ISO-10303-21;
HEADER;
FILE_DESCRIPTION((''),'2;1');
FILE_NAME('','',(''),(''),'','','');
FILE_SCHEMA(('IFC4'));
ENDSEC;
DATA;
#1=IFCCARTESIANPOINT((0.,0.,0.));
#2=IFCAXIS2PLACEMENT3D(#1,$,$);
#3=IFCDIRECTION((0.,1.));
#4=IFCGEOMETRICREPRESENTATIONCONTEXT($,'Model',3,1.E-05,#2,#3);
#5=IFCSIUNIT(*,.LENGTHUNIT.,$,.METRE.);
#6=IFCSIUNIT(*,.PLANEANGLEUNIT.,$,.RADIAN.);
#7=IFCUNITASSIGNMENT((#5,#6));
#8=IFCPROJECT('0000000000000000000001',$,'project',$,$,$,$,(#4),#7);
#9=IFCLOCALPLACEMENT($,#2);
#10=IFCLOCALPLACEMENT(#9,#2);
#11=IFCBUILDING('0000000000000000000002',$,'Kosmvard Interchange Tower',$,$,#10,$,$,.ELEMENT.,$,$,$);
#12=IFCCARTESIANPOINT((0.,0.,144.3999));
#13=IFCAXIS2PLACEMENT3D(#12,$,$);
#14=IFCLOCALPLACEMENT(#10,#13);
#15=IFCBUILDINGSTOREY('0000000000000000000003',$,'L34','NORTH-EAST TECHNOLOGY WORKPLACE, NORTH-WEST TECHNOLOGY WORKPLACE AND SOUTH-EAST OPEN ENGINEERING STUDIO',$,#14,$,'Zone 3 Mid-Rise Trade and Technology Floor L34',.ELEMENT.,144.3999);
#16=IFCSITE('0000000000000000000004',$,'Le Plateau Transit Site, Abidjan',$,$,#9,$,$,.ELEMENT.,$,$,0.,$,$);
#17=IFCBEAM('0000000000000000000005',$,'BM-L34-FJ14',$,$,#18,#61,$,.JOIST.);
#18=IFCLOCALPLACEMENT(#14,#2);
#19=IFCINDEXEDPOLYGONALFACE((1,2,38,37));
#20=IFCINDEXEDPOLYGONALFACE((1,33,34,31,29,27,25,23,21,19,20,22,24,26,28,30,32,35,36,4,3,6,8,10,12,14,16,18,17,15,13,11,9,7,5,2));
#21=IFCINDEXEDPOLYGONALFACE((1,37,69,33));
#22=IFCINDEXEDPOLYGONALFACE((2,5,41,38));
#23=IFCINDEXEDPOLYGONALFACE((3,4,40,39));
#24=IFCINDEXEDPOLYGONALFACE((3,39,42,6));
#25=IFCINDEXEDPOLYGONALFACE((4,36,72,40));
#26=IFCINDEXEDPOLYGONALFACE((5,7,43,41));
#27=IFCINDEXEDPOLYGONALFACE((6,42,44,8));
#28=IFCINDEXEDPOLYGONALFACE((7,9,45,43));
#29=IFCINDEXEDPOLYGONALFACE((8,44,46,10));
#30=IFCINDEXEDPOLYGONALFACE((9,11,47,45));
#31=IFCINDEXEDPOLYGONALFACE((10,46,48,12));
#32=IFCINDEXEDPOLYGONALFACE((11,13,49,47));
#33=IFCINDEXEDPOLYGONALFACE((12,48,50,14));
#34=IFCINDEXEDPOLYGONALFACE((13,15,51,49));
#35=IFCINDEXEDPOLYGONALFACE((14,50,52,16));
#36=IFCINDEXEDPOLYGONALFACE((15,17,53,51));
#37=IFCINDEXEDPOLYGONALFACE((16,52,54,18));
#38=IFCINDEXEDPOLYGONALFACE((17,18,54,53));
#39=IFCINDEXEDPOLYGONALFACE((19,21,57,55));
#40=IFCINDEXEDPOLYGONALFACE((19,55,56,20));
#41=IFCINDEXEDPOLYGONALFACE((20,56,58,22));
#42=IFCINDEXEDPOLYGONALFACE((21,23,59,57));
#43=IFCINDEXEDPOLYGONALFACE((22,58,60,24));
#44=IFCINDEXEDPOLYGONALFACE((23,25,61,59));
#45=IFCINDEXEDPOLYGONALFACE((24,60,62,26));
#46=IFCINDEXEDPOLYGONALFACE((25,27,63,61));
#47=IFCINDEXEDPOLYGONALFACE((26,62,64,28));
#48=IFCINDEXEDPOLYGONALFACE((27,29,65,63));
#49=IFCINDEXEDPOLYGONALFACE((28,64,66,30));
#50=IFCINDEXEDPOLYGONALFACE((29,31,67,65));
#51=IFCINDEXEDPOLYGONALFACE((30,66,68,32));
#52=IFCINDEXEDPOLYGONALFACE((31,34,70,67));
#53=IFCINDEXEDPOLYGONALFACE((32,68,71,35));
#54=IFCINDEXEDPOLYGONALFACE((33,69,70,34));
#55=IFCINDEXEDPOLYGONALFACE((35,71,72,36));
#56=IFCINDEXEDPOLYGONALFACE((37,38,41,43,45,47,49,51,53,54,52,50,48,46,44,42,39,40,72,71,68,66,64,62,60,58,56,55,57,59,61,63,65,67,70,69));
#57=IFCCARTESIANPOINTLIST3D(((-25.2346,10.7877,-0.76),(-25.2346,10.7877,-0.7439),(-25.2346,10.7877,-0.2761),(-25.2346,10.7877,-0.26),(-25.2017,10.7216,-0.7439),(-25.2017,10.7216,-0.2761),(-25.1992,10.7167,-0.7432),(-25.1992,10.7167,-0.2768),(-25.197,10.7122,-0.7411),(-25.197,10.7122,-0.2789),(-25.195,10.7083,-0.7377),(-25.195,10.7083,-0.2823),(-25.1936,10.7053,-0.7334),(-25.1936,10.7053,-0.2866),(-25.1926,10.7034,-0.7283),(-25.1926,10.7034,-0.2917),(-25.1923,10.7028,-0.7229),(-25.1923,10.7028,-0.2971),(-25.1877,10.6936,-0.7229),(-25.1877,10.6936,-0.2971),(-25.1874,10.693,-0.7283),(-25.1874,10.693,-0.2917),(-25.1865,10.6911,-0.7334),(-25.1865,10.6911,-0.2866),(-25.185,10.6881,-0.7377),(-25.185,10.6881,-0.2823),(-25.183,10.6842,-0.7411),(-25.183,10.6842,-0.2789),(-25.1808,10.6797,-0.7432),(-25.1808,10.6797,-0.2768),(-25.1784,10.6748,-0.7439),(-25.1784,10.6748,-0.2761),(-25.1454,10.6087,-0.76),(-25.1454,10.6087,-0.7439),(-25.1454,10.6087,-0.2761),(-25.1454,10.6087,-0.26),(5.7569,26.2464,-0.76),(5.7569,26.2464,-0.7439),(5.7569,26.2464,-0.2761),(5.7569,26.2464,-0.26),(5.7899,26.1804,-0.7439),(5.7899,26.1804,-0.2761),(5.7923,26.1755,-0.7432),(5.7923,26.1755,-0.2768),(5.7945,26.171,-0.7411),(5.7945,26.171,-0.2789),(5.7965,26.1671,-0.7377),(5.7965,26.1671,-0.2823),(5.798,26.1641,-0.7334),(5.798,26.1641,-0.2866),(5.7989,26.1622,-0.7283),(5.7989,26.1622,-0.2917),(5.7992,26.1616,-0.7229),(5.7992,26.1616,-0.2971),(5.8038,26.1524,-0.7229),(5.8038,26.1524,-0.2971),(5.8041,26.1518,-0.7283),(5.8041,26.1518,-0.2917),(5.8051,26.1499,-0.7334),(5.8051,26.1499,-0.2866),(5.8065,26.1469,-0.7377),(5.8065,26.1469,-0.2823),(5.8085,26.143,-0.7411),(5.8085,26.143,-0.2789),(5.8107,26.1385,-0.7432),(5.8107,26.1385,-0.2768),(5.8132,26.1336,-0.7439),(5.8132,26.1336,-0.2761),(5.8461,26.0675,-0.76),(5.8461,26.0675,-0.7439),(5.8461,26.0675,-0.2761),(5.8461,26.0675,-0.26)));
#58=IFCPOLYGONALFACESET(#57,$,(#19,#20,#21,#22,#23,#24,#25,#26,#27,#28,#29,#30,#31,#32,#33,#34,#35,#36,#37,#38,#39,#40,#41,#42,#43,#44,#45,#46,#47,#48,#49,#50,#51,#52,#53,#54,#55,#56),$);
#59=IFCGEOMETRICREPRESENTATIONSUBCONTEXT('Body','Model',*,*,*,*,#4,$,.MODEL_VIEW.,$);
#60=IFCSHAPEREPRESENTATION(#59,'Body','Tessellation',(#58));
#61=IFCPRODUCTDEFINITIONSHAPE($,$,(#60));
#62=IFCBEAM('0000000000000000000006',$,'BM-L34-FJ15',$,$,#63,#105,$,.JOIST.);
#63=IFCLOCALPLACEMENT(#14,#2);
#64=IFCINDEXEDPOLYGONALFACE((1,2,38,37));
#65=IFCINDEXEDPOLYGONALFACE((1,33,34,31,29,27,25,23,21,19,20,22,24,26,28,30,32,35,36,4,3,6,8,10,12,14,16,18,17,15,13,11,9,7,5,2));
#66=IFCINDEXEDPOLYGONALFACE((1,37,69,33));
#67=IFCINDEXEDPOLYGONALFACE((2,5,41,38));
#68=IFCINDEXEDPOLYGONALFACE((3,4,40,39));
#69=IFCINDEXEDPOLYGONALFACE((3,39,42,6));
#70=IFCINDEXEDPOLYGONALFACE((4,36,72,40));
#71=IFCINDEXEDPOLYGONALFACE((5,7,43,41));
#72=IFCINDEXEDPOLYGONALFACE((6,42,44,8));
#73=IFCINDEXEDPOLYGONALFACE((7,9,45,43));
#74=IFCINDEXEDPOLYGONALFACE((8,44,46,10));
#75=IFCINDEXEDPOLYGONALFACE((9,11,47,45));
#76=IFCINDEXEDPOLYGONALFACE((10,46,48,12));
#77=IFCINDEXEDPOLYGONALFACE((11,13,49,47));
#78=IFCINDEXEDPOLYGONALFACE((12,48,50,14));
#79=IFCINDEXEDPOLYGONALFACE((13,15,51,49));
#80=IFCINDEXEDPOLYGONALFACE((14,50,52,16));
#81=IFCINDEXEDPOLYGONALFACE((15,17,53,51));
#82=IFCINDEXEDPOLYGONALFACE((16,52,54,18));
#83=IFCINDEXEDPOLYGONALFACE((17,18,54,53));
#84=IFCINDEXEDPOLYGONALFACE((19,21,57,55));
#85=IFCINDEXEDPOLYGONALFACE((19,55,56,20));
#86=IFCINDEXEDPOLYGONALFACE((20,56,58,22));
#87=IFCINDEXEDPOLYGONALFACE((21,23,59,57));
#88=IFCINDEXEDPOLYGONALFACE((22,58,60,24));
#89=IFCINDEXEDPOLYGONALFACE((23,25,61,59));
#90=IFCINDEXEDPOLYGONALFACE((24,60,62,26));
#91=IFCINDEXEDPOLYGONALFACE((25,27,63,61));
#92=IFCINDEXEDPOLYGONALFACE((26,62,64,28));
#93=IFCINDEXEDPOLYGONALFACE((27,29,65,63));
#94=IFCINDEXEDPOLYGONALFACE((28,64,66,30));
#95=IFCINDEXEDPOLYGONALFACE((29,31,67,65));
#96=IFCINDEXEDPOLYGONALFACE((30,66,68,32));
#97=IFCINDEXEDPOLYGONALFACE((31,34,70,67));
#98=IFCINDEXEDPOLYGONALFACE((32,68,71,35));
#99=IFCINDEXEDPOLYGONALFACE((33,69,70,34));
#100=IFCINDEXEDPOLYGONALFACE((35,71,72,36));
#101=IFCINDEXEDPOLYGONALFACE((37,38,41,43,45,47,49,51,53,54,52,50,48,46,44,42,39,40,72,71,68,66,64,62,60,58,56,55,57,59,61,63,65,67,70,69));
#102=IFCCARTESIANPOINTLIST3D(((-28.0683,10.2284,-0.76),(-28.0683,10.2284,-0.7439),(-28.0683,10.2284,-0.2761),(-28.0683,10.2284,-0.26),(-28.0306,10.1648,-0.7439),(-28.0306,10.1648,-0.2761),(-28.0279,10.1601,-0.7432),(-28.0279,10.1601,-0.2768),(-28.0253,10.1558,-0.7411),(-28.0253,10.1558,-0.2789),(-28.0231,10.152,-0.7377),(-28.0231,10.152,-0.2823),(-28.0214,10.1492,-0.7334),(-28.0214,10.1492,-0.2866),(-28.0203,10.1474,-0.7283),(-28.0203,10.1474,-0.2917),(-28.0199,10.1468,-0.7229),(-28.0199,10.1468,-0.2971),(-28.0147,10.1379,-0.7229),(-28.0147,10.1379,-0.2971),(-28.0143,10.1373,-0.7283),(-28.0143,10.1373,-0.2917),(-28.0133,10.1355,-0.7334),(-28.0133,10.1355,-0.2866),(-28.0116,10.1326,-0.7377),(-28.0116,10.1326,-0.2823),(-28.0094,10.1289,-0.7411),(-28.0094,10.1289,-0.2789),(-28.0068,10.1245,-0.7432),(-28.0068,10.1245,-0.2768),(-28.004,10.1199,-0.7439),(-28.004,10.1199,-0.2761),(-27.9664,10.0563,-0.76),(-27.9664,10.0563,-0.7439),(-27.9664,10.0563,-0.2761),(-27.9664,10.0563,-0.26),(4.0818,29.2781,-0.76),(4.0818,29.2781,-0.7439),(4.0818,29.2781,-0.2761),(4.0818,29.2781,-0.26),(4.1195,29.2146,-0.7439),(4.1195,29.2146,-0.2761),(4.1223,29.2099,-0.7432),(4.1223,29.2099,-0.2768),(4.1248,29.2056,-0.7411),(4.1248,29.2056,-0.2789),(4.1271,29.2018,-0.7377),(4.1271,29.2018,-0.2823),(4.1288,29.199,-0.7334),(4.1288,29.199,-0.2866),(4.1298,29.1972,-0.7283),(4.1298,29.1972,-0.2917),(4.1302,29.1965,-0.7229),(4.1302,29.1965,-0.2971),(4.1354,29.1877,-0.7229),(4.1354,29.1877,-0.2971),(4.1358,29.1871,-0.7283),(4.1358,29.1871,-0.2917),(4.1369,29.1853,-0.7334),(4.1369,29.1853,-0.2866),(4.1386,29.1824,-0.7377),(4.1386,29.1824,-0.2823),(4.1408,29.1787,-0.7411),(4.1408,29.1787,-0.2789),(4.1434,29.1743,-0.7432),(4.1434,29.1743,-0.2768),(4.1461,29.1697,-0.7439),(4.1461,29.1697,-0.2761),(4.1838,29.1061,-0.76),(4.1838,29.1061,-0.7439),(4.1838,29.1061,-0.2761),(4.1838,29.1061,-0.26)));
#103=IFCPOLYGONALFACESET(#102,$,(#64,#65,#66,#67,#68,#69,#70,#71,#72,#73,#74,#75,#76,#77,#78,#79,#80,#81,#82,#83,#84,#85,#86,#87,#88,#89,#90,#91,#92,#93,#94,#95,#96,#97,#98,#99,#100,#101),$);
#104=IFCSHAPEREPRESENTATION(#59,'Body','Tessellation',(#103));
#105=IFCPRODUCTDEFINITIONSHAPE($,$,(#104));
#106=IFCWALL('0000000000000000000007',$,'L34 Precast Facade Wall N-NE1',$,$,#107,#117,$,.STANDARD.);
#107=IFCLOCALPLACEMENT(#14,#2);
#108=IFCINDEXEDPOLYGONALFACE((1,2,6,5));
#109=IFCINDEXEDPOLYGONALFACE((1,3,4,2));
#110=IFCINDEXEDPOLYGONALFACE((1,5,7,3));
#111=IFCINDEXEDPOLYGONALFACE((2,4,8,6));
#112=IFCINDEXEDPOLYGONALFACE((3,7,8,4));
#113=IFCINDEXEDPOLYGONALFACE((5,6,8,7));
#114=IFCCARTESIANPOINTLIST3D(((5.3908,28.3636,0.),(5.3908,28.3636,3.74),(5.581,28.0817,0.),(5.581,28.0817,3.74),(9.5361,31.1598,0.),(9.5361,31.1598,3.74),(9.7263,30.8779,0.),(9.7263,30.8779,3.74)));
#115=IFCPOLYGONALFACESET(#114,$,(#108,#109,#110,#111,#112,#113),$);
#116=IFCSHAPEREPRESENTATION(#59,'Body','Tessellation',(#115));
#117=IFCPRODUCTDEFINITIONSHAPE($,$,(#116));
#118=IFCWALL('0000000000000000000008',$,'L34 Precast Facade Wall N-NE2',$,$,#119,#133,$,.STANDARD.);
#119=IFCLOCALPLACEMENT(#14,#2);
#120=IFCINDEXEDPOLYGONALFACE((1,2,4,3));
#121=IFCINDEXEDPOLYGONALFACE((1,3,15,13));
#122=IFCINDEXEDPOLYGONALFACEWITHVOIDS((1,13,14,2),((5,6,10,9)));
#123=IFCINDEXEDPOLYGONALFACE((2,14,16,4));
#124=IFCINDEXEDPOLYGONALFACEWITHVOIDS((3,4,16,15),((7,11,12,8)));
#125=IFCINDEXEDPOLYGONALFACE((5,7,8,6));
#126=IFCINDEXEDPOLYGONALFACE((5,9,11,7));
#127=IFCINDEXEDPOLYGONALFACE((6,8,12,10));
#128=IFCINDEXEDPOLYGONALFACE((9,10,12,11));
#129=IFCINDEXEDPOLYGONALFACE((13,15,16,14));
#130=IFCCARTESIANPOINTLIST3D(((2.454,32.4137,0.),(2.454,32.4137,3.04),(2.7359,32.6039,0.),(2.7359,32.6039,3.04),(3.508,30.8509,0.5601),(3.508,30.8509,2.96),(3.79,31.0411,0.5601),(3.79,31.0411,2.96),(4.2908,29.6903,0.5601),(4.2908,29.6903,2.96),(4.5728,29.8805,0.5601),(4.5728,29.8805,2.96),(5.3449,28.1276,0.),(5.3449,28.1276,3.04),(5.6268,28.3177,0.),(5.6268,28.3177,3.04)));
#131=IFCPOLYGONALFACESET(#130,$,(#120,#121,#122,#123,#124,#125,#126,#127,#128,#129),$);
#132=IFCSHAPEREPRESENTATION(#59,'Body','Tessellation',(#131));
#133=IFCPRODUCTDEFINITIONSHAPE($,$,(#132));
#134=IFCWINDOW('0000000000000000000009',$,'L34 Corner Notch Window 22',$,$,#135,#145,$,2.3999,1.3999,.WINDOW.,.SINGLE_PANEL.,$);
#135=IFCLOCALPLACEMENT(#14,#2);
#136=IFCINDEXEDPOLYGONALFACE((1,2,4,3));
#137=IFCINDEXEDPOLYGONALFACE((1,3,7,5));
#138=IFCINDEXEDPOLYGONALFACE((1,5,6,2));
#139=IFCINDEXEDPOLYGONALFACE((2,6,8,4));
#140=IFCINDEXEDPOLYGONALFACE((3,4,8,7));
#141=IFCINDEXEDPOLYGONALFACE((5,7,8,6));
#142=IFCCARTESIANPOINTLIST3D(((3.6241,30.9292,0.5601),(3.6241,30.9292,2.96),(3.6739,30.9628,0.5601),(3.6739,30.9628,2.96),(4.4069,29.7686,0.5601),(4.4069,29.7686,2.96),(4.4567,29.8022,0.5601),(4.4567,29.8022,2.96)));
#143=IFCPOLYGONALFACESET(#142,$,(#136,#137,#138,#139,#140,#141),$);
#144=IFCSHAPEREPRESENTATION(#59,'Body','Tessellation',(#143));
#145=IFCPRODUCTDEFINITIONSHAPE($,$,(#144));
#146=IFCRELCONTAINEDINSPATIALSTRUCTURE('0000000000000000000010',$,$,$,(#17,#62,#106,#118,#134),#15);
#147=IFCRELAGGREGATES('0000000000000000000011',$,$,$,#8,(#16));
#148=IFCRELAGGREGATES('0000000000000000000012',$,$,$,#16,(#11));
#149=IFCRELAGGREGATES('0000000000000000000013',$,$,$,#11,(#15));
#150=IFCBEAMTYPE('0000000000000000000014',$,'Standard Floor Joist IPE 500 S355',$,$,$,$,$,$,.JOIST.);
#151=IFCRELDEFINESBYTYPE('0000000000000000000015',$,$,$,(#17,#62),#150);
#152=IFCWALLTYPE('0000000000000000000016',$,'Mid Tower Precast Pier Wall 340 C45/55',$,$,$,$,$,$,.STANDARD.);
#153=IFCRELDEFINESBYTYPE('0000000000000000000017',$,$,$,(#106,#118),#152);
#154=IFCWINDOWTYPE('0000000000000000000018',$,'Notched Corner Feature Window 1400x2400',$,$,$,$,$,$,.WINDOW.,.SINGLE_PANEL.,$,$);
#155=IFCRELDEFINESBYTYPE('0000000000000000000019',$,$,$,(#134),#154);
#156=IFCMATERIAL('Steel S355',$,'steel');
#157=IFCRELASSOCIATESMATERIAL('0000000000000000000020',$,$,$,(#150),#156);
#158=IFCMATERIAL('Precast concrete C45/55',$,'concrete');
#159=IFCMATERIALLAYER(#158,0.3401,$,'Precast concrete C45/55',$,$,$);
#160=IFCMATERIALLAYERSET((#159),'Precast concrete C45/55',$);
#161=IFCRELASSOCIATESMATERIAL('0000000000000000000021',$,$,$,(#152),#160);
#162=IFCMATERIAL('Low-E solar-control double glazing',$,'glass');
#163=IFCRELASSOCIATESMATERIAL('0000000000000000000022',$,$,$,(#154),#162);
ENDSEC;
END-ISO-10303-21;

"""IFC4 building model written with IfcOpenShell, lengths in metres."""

from ifc_helpers import new_model, si_unit, direction, frame, frame_2d, origin, origin_2d, place, context, subcontext, project, spatial, rectangle, i_section, extrude, source, transform, mapped, material, layer, layer_set, material_profile, profile_set, type_object, element, fill, save


model = new_model("IFC4")

# Units and contexts
model_context = context("Model", 3, precision=1e-05, world=origin(), true_north=direction((0.0, 1.0)))
body_context = subcontext(model_context, "Body", "Model", "MODEL_VIEW")
ifc_project = project(units=[si_unit("LENGTHUNIT", "METRE"), si_unit("PLANEANGLEUNIT", "RADIAN")], contexts=[model_context])

# Site, building, storey
site_placement = place(None, origin())
site = spatial("IfcSite", under=ifc_project, at=site_placement, Name="Le Plateau Transit Site, Abidjan", CompositionType="ELEMENT", RefElevation=0.0)
building_placement = place(site_placement, origin())
building = spatial("IfcBuilding", under=site, at=building_placement, Name="Kosmvard Interchange Tower", CompositionType="ELEMENT")
storey_placement = place(building_placement, frame((0.0, 0.0, 144.3999)))
storey = spatial("IfcBuildingStorey", under=building, at=storey_placement, Name="L34", Description="NORTH-EAST TECHNOLOGY WORKPLACE, NORTH-WEST TECHNOLOGY WORKPLACE AND SOUTH-EAST OPEN ENGINEERING STUDIO", LongName="Zone 3 Mid-Rise Trade and Technology Floor L34", CompositionType="ELEMENT", Elevation=144.3999)

# Beams
ifc_material_1 = material(Name="Steel S355", Category="steel")
ifc_material_2 = material(Name="Precast concrete C45/55", Category="concrete")
ifc_material_profile_1 = material_profile(ifc_material_1, i_section(OverallWidth=0.2, OverallDepth=0.5, WebThickness=0.0103, FlangeThickness=0.0161, FilletRadius=0.021, at=origin_2d()), Name="IPE 500")
ifc_profile_set_1 = profile_set([ifc_material_profile_1], Name="Steel S355")
beam_type_1 = type_object("IfcBeamType", Name="Standard Floor Joist IPE 500 S355", PredefinedType="JOIST", material=ifc_profile_set_1)
shared_shape_1 = source(origin(), body_context, "Body", "SweptSolid", [
    extrude(i_section(OverallWidth=0.2, OverallDepth=0.5, WebThickness=0.0103, FlangeThickness=0.0161, FilletRadius=0.021, at=origin_2d()), origin(), (0.0, 0.0, 1.0), 34.6331),
])
beam_1_placement = place(storey_placement, frame((5.8015, 26.157, -0.51), z_axis=(-0.894854, -0.446359, 0.0), x_axis=(0.446359, -0.894854, 0.0)))
element("IfcBeam", 1, at=beam_1_placement, inside=storey, type_object=beam_type_1, Name="BM-L34-FJ14", PredefinedType="JOIST", context=body_context, shape_type="MappedRepresentation", body=[
    mapped(shared_shape_1, transform((0.0, 0.0, 0.0), scale=1.0)),
])
shared_shape_2 = source(origin(), body_context, "Body", "SweptSolid", [
    extrude(i_section(OverallWidth=0.2, OverallDepth=0.5, WebThickness=0.0103, FlangeThickness=0.0161, FilletRadius=0.021, at=origin_2d()), origin(), (0.0, 0.0, 1.0), 37.3701),
])
beam_2_placement = place(storey_placement, frame((4.1328, 29.1921, -0.51), z_axis=(-0.860317, -0.50976, 0.0), x_axis=(0.50976, -0.860317, 0.0)))
element("IfcBeam", 2, at=beam_2_placement, inside=storey, type_object=beam_type_1, Name="BM-L34-FJ15", PredefinedType="JOIST", context=body_context, shape_type="MappedRepresentation", body=[
    mapped(shared_shape_2, transform((0.0, 0.0, 0.0), scale=1.0)),
])

# Wall
ifc_layer_1 = layer(ifc_material_2, 0.3401, Name="Precast concrete C45/55")
ifc_layer_set_1 = layer_set([ifc_layer_1], Name="Precast concrete C45/55")
wall_type = type_object("IfcWallType", Name="Mid Tower Precast Pier Wall 340 C45/55", PredefinedType="STANDARD", material=ifc_layer_set_1)
wall_1_placement = place(storey_placement, frame((9.6311, 31.0188, 0.0), z_axis=(0.0, 0.0, 1.0), x_axis=(-0.829026, -0.55921, 0.0)))
element("IfcWall", 3, at=wall_1_placement, inside=storey, type_object=wall_type, Name="L34 Precast Facade Wall N-NE1", PredefinedType="STANDARD", context=body_context, shape_type="SweptSolid", body=[
    extrude(rectangle(XDim=5.0002, YDim=0.3401, at=frame_2d((2.5, 0.0))), origin(), (0.0, 0.0, 1.0), 3.74),
])

# Wall, opening, window
wall_2_placement = place(storey_placement, frame((5.4858, 28.2227, 0.0), z_axis=(0.0, 0.0, 1.0), x_axis=(-0.559171, 0.829052, 0.0)))
wall_2 = element("IfcWall", 4, at=wall_2_placement, inside=storey, type_object=wall_type, Name="L34 Precast Facade Wall N-NE2", PredefinedType="STANDARD", context=body_context, shape_type="SweptSolid", body=[
    extrude(rectangle(XDim=5.1699, YDim=0.3401, at=frame_2d((2.585, 0.0))), origin(), (0.0, 0.0, 1.0), 3.04),
])
opening_1_placement = place(wall_2_placement, frame((1.885, 0.0, 0.5601)))
opening_1 = element("IfcOpeningElement", 5, at=opening_1_placement, cuts=wall_2, PredefinedType="OPENING", context=body_context, shape_type="SweptSolid", body=[
    extrude(rectangle(XDim=1.3999, YDim=2.3999, at=frame_2d((0.7, 1.2))), frame((0.0, 0.1802, 0.0), z_axis=(0.0, -1.0, 0.0), x_axis=(1.0, 0.0, 0.0)), (0.0, 0.0, 1.0), 0.3601),
])
ifc_material_3 = material(Name="Low-E solar-control double glazing", Category="glass")
window_type_1 = type_object("IfcWindowType", Name="Notched Corner Feature Window 1400x2400", PartitioningType="SINGLE_PANEL", PredefinedType="WINDOW", material=ifc_material_3)
shared_shape_3 = source(origin(), body_context, "Body", "SweptSolid", [
    extrude(rectangle(XDim=1.3999, YDim=2.3999, at=frame_2d((0.7, 1.2))), frame((0.0, 0.03, 0.0), z_axis=(0.0, -1.0, 0.0), x_axis=(1.0, 0.0, 0.0)), (0.0, 0.0, 1.0), 0.0601),
])
window_1_placement = place(opening_1_placement, origin())
window_1 = element("IfcWindow", 6, at=window_1_placement, inside=storey, type_object=window_type_1, Name="L34 Corner Notch Window 22", OverallHeight=2.3999, OverallWidth=1.3999, PartitioningType="SINGLE_PANEL", PredefinedType="WINDOW", context=body_context, shape_type="MappedRepresentation", body=[
    mapped(shared_shape_3, transform((0.0, 0.0, 0.0), scale=1.0)),
])
fill(opening_1, window_1)

save(model, "model.ifc")
